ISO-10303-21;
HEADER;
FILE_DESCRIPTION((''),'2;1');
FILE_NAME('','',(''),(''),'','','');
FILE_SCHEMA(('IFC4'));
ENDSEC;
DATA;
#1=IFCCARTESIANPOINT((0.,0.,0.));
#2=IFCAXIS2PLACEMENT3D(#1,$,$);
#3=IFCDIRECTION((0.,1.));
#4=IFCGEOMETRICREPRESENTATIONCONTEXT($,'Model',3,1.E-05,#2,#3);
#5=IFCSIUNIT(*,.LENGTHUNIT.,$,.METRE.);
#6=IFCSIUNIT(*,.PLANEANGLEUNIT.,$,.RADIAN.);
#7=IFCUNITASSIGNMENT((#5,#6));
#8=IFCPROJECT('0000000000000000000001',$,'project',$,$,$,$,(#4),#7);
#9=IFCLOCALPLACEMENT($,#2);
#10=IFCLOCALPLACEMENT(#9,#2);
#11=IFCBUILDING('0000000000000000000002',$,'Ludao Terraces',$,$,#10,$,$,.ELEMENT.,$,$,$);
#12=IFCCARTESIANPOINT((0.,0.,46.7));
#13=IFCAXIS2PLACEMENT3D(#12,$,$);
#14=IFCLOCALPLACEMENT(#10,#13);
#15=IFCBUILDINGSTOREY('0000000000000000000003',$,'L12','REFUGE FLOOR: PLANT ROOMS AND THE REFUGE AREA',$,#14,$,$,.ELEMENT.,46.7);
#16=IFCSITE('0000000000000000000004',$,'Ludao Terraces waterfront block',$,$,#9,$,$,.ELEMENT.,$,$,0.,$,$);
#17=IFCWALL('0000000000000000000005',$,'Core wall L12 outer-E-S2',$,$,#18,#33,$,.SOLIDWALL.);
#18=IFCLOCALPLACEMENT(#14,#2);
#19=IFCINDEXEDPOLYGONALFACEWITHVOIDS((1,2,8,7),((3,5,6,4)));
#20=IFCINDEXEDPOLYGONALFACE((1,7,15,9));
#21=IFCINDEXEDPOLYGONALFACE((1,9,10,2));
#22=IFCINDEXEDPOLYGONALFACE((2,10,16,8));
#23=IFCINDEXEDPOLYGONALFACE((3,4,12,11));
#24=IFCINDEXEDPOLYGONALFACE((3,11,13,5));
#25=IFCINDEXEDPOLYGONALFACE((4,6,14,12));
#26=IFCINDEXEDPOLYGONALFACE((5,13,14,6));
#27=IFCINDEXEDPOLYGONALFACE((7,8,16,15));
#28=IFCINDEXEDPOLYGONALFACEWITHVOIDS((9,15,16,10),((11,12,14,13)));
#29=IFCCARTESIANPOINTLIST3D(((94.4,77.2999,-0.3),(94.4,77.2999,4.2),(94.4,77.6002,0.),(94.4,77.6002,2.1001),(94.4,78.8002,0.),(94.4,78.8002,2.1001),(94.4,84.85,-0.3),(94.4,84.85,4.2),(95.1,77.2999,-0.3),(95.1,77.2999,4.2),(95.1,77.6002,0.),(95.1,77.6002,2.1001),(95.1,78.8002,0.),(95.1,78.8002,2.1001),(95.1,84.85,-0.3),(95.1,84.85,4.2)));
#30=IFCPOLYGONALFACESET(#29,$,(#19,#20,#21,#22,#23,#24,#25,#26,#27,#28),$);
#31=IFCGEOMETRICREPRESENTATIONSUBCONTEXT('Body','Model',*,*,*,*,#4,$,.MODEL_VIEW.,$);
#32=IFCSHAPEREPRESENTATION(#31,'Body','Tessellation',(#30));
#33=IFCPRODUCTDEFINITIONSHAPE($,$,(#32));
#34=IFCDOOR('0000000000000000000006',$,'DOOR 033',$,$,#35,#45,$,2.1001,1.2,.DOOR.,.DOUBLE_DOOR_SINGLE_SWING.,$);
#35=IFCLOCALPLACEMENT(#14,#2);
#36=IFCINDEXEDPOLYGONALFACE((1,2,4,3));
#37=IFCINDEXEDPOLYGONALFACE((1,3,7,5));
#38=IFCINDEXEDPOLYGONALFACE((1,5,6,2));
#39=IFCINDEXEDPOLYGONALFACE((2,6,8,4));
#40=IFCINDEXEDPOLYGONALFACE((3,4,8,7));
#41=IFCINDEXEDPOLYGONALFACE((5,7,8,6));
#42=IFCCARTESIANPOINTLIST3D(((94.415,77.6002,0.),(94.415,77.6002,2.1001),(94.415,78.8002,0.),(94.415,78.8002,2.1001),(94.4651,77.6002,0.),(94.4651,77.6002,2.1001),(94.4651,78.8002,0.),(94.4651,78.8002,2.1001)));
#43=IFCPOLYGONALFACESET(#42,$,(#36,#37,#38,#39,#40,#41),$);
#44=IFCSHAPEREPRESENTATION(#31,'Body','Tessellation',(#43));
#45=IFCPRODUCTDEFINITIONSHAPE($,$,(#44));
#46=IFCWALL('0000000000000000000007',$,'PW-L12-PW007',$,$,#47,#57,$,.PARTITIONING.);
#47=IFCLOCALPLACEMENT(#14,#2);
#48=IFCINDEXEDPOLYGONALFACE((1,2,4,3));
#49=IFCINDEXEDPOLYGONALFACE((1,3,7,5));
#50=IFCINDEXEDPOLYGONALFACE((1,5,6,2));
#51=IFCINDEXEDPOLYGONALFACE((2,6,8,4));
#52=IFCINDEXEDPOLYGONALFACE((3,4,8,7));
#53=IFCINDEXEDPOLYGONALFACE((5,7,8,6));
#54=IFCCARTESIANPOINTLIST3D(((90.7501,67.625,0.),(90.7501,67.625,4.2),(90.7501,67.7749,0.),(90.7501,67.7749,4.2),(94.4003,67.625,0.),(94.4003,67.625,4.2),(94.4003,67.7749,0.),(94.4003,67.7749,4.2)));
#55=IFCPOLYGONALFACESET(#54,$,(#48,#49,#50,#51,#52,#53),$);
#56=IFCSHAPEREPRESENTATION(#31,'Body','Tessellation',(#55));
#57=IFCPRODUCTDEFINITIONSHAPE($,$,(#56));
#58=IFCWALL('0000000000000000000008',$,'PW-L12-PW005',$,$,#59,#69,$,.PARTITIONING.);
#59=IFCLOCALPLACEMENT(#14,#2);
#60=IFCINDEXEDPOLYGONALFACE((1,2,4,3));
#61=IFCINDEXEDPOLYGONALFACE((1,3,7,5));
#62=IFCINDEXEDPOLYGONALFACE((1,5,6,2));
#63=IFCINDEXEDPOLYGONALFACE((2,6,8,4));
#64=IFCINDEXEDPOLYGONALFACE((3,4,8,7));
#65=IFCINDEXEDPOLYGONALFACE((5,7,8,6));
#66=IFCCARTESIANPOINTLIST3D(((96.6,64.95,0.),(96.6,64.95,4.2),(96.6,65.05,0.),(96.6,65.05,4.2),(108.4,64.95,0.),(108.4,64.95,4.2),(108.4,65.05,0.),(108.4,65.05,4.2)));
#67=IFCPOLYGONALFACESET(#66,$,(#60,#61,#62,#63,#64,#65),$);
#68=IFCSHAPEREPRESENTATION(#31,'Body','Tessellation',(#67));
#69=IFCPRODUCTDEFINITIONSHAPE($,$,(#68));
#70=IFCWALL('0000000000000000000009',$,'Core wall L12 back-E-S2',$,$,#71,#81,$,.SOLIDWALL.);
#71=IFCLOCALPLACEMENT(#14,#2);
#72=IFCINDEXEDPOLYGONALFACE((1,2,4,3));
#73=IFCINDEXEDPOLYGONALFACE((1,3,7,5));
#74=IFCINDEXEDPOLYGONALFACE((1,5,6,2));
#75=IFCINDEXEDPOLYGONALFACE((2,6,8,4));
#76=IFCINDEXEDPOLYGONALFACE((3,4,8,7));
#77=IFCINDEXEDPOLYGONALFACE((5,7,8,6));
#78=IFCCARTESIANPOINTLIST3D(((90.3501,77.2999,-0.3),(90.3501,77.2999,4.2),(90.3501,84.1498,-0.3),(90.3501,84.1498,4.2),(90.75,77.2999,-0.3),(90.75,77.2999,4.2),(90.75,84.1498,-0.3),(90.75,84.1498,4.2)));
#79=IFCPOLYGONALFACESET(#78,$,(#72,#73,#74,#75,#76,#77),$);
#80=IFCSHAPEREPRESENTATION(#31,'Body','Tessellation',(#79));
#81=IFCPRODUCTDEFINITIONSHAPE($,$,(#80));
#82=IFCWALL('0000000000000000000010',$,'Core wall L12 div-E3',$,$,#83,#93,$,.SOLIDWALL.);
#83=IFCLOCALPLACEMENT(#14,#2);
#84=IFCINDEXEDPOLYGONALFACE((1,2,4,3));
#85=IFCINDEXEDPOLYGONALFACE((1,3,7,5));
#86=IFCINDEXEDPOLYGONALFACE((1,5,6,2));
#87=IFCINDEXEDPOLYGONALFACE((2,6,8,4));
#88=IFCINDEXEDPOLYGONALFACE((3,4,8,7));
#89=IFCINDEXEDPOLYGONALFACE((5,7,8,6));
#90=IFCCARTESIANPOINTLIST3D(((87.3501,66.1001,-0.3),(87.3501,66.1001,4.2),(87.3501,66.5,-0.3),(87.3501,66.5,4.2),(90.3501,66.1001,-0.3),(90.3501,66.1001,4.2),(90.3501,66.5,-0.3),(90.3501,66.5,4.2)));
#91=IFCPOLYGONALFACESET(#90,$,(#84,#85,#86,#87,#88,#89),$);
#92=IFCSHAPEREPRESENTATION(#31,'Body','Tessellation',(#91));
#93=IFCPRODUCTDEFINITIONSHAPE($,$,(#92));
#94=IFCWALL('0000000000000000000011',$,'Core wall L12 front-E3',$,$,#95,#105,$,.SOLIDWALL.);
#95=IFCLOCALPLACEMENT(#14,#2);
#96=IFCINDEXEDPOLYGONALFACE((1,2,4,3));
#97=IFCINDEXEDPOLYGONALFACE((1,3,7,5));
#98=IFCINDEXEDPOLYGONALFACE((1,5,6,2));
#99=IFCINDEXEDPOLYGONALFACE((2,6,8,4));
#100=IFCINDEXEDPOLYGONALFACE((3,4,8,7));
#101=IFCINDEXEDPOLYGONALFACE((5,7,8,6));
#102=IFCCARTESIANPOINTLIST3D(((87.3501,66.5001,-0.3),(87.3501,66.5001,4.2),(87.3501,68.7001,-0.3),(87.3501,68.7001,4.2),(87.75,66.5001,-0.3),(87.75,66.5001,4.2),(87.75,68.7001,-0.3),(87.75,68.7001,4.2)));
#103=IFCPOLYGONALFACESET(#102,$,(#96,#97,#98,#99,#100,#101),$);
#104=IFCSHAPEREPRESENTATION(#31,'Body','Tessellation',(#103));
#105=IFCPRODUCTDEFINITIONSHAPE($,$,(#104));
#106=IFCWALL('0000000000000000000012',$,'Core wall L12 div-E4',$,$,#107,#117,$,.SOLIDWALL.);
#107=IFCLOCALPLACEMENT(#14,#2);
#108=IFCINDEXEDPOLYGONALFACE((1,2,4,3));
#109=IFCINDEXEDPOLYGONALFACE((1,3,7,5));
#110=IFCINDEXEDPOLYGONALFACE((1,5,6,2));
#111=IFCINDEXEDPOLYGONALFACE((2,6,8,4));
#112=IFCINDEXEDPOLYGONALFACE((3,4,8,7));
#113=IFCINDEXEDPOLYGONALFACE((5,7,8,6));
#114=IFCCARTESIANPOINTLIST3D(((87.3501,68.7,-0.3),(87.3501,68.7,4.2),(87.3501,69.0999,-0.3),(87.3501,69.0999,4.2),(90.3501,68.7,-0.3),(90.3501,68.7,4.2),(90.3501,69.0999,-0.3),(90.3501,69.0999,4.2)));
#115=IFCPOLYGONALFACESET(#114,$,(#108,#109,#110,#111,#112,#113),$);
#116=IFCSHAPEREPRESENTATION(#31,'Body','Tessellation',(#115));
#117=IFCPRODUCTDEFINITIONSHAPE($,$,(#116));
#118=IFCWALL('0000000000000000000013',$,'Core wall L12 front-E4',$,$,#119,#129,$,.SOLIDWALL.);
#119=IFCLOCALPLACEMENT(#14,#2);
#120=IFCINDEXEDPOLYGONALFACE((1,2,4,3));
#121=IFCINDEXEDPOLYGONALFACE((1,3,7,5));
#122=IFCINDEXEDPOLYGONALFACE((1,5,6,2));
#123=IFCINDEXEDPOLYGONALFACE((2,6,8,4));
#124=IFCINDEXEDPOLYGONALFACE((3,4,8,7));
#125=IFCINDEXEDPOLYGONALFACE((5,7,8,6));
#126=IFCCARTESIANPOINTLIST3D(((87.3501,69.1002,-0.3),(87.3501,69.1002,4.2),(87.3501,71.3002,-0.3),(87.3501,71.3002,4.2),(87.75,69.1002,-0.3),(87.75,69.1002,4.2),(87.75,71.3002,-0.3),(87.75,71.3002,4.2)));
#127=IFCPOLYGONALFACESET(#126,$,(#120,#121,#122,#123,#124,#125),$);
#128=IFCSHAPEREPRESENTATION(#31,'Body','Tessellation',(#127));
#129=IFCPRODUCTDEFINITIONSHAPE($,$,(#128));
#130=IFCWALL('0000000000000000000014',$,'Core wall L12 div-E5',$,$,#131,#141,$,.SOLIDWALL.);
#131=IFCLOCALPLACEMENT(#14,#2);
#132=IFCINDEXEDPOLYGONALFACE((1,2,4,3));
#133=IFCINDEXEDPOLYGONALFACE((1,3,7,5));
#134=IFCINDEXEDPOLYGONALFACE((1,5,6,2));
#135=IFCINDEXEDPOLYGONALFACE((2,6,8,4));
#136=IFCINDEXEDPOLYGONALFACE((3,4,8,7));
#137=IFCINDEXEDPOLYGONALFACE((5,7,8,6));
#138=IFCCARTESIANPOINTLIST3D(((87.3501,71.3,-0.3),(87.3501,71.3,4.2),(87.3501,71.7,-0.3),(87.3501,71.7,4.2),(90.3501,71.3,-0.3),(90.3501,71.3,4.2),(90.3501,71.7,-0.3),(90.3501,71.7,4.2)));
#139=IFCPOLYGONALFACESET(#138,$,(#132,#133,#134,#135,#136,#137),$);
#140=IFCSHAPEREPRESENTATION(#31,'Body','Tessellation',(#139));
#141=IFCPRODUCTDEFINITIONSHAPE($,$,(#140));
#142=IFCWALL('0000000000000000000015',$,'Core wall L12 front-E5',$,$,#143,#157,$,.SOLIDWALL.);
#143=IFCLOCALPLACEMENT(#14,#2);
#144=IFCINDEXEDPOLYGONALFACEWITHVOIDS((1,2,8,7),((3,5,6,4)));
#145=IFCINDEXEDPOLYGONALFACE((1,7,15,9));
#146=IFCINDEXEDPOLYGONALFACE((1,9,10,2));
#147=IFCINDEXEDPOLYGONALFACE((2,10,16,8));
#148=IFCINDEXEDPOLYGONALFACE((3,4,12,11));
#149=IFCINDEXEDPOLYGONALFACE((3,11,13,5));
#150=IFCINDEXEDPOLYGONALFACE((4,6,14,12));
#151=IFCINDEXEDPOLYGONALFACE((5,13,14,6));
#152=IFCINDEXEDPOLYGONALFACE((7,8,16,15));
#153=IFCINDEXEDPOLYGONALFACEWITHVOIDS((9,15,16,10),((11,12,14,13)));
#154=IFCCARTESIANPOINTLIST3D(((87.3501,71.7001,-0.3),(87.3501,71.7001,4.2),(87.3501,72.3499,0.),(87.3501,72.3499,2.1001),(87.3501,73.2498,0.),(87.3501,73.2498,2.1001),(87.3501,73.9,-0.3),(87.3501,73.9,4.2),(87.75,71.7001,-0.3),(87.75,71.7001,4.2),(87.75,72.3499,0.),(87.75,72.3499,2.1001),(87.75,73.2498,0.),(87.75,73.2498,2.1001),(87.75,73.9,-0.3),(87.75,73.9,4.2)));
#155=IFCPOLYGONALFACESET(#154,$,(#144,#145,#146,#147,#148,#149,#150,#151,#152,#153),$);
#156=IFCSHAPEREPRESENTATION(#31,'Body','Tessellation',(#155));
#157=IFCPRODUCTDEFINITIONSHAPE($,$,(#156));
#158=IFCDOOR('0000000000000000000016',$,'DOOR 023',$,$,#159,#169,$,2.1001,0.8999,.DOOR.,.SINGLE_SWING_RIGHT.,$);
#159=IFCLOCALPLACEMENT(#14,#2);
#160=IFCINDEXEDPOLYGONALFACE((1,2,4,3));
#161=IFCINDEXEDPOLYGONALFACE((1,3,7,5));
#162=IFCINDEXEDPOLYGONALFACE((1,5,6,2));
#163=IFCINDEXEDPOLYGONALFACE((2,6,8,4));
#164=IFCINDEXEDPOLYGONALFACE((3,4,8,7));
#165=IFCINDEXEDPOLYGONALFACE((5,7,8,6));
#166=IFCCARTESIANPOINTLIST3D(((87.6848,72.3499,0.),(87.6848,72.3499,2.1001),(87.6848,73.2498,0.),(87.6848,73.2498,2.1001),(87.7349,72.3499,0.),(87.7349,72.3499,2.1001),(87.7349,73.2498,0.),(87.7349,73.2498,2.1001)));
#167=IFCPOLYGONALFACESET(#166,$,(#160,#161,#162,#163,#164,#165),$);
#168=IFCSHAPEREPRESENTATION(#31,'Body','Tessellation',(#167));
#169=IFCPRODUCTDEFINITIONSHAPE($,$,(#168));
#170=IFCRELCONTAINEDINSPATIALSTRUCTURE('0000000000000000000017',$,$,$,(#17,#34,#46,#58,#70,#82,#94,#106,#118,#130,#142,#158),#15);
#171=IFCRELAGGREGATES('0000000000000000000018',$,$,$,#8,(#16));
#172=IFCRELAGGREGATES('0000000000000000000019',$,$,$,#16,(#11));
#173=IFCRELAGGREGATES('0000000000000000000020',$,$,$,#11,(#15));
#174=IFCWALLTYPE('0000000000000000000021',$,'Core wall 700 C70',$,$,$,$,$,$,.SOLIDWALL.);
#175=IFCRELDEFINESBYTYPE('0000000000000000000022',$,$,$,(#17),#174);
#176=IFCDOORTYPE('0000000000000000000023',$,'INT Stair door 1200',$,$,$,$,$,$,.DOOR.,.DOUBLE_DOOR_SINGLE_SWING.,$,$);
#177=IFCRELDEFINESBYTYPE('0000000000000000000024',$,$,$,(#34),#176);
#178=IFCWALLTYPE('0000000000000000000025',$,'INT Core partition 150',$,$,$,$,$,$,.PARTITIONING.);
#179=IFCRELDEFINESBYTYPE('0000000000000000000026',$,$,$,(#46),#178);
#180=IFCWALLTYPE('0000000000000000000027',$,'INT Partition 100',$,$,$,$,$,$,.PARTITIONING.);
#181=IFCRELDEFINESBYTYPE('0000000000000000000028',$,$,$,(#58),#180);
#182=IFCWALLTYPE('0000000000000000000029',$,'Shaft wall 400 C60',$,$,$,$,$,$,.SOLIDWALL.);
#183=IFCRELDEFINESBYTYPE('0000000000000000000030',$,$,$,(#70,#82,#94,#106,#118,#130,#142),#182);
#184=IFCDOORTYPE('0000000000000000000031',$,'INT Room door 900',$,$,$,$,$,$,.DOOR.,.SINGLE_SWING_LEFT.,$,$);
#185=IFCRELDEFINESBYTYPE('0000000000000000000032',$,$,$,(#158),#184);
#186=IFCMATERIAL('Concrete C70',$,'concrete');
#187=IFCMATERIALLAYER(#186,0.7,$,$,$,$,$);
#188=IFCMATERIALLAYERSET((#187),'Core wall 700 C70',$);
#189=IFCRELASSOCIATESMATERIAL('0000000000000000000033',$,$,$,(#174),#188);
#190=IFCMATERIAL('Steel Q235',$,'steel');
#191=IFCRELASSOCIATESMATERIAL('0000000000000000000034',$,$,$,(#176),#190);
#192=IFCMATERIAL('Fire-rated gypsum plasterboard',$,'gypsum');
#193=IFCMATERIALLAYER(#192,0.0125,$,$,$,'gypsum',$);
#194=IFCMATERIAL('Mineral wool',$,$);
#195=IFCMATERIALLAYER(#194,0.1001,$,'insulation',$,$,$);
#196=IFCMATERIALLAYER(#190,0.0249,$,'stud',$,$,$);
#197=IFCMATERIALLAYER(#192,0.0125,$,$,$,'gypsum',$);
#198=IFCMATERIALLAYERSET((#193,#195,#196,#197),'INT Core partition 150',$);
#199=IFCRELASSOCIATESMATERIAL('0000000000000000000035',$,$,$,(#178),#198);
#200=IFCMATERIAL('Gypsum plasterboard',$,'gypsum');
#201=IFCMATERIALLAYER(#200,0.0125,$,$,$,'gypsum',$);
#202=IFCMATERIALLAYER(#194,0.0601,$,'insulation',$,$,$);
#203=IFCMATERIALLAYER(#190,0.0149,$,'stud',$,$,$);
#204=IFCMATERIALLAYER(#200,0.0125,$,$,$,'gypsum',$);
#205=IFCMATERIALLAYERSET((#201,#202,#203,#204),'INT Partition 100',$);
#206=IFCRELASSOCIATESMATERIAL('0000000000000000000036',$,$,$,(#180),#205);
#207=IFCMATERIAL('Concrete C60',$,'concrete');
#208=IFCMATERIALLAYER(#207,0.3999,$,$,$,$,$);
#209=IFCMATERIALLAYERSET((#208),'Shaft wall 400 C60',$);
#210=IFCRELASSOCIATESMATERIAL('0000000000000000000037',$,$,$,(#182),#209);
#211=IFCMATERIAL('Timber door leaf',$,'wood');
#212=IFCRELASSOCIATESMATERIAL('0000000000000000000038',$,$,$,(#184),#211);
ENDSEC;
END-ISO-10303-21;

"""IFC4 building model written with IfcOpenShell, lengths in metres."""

from ifc_helpers import new_model, si_unit, direction, frame, frame_2d, origin, place, context, subcontext, project, spatial, rectangle, extrude, material, layer, layer_set, type_object, element, fill, save


model = new_model("IFC4")

# Units and contexts
model_context = context("Model", 3, precision=1e-05, world=origin(), true_north=direction((0.0, 1.0)))
body_context = subcontext(model_context, "Body", "Model", "MODEL_VIEW")
ifc_project = project(units=[si_unit("LENGTHUNIT", "METRE"), si_unit("PLANEANGLEUNIT", "RADIAN")], contexts=[model_context])

# Site, building, storey
site_placement = place(None, origin())
site = spatial("IfcSite", under=ifc_project, at=site_placement, Name="Ludao Terraces waterfront block", CompositionType="ELEMENT", RefElevation=0.0)
building_placement = place(site_placement, origin())
building = spatial("IfcBuilding", under=site, at=building_placement, Name="Ludao Terraces", CompositionType="ELEMENT")
storey_placement = place(building_placement, frame((0.0, 0.0, 46.7)))
storey = spatial("IfcBuildingStorey", under=building, at=storey_placement, Name="L12", Description="REFUGE FLOOR: PLANT ROOMS AND THE REFUGE AREA", CompositionType="ELEMENT", Elevation=46.7)

# Wall, opening, door
ifc_material_1 = material(Name="Concrete C70", Category="concrete")
ifc_layer_1 = layer(ifc_material_1, 0.7)
ifc_layer_set_1 = layer_set([ifc_layer_1], Name="Core wall 700 C70")
wall_type_1 = type_object("IfcWallType", Name="Core wall 700 C70", PredefinedType="SOLIDWALL", material=ifc_layer_set_1)
wall_1_placement = place(storey_placement, frame((94.75, 77.3, -0.3), z_axis=(0.0, 0.0, 1.0), x_axis=(0.0, 1.0, 0.0)))
wall_1 = element("IfcWall", 1, at=wall_1_placement, inside=storey, type_object=wall_type_1, Name="Core wall L12 outer-E-S2", PredefinedType="SOLIDWALL", context=body_context, shape_type="SweptSolid", body=[
    extrude(rectangle(XDim=7.55, YDim=0.7, at=frame_2d((3.7749, 0.0))), origin(), (0.0, 0.0, 1.0), 4.5),
])
opening_1_placement = place(wall_1_placement, frame((0.3, 0.0, 0.3)))
opening_1 = element("IfcOpeningElement", 2, at=opening_1_placement, cuts=wall_1, PredefinedType="OPENING", context=body_context, shape_type="SweptSolid", body=[
    extrude(rectangle(XDim=1.2, YDim=2.1001, at=frame_2d((0.6001, 1.05))), frame((0.0, 0.3599, 0.0), z_axis=(0.0, -1.0, 0.0), x_axis=(1.0, 0.0, 0.0)), (0.0, 0.0, 1.0), 0.72),
])
ifc_material_2 = material(Name="Steel Q235", Category="steel")
door_type_1 = type_object("IfcDoorType", Name="INT Stair door 1200", OperationType="DOUBLE_DOOR_SINGLE_SWING", PredefinedType="DOOR", material=ifc_material_2)
door_1_placement = place(opening_1_placement, origin())
door_1 = element("IfcDoor", 3, at=door_1_placement, inside=storey, type_object=door_type_1, Name="DOOR 033", OperationType="DOUBLE_DOOR_SINGLE_SWING", OverallHeight=2.1001, OverallWidth=1.2, PredefinedType="DOOR", context=body_context, shape_type="SweptSolid", body=[
    extrude(rectangle(XDim=1.2, YDim=2.1001, at=frame_2d((0.6001, 1.05))), frame((0.0, 0.335, 0.0), z_axis=(0.0, -1.0, 0.0), x_axis=(1.0, 0.0, 0.0)), (0.0, 0.0, 1.0), 0.05),
])
fill(opening_1, door_1)

# Walls
ifc_material_3 = material(Name="Fire-rated gypsum plasterboard", Category="gypsum")
ifc_layer_2 = layer(ifc_material_3, 0.0125, Category="gypsum")
ifc_material_4 = material(Name="Mineral wool")
ifc_layer_3 = layer(ifc_material_4, 0.1001, Name="insulation")
ifc_layer_4 = layer(ifc_material_2, 0.0249, Name="stud")
ifc_layer_5 = layer(ifc_material_3, 0.0125, Category="gypsum")
ifc_layer_set_2 = layer_set([ifc_layer_2, ifc_layer_3, ifc_layer_4, ifc_layer_5], Name="INT Core partition 150")
wall_type_2 = type_object("IfcWallType", Name="INT Core partition 150", PredefinedType="PARTITIONING", material=ifc_layer_set_2)
wall_2_placement = place(storey_placement, frame((90.75, 67.7, 0.0), z_axis=(0.0, 0.0, 1.0), x_axis=(1.0, 0.0, 0.0)))
element("IfcWall", 4, at=wall_2_placement, inside=storey, type_object=wall_type_2, Name="PW-L12-PW007", PredefinedType="PARTITIONING", context=body_context, shape_type="SweptSolid", body=[
    extrude(rectangle(XDim=3.6501, YDim=0.1499, at=frame_2d((1.8252, 0.0))), origin(), (0.0, 0.0, 1.0), 4.2),
])
ifc_material_5 = material(Name="Gypsum plasterboard", Category="gypsum")
ifc_layer_6 = layer(ifc_material_5, 0.0125, Category="gypsum")
ifc_layer_7 = layer(ifc_material_4, 0.0601, Name="insulation")
ifc_layer_8 = layer(ifc_material_2, 0.0149, Name="stud")
ifc_layer_9 = layer(ifc_material_5, 0.0125, Category="gypsum")
ifc_layer_set_3 = layer_set([ifc_layer_6, ifc_layer_7, ifc_layer_8, ifc_layer_9], Name="INT Partition 100")
wall_type_3 = type_object("IfcWallType", Name="INT Partition 100", PredefinedType="PARTITIONING", material=ifc_layer_set_3)
wall_3_placement = place(storey_placement, frame((96.6001, 65.0, 0.0), z_axis=(0.0, 0.0, 1.0), x_axis=(1.0, 0.0, 0.0)))
element("IfcWall", 5, at=wall_3_placement, inside=storey, type_object=wall_type_3, Name="PW-L12-PW005", PredefinedType="PARTITIONING", context=body_context, shape_type="SweptSolid", body=[
    extrude(rectangle(XDim=11.8, YDim=0.1001, at=frame_2d((5.8999, 0.0))), origin(), (0.0, 0.0, 1.0), 4.2),
])
ifc_material_6 = material(Name="Concrete C60", Category="concrete")
ifc_layer_10 = layer(ifc_material_6, 0.3999)
ifc_layer_set_4 = layer_set([ifc_layer_10], Name="Shaft wall 400 C60")
wall_type_4 = type_object("IfcWallType", Name="Shaft wall 400 C60", PredefinedType="SOLIDWALL", material=ifc_layer_set_4)
wall_4_placement = place(storey_placement, frame((90.55, 77.3, -0.3), z_axis=(0.0, 0.0, 1.0), x_axis=(0.0, 1.0, 0.0)))
element("IfcWall", 6, at=wall_4_placement, inside=storey, type_object=wall_type_4, Name="Core wall L12 back-E-S2", PredefinedType="SOLIDWALL", context=body_context, shape_type="SweptSolid", body=[
    extrude(rectangle(XDim=6.8499, YDim=0.3999, at=frame_2d((3.4248, 0.0))), origin(), (0.0, 0.0, 1.0), 4.5),
])
wall_5_placement = place(storey_placement, frame((87.3501, 66.3, -0.3), z_axis=(0.0, 0.0, 1.0), x_axis=(1.0, 0.0, 0.0)))
element("IfcWall", 7, at=wall_5_placement, inside=storey, type_object=wall_type_4, Name="Core wall L12 div-E3", PredefinedType="SOLIDWALL", context=body_context, shape_type="SweptSolid", body=[
    extrude(rectangle(XDim=3.0, YDim=0.3999, at=frame_2d((1.5, 0.0))), origin(), (0.0, 0.0, 1.0), 4.5),
])
wall_6_placement = place(storey_placement, frame((87.55, 66.5, -0.3), z_axis=(0.0, 0.0, 1.0), x_axis=(0.0, 1.0, 0.0)))
element("IfcWall", 8, at=wall_6_placement, inside=storey, type_object=wall_type_4, Name="Core wall L12 front-E3", PredefinedType="SOLIDWALL", context=body_context, shape_type="SweptSolid", body=[
    extrude(rectangle(XDim=2.2, YDim=0.3999, at=frame_2d((1.1001, 0.0))), origin(), (0.0, 0.0, 1.0), 4.5),
])
wall_7_placement = place(storey_placement, frame((87.3501, 68.8999, -0.3), z_axis=(0.0, 0.0, 1.0), x_axis=(1.0, 0.0, 0.0)))
element("IfcWall", 9, at=wall_7_placement, inside=storey, type_object=wall_type_4, Name="Core wall L12 div-E4", PredefinedType="SOLIDWALL", context=body_context, shape_type="SweptSolid", body=[
    extrude(rectangle(XDim=3.0, YDim=0.3999, at=frame_2d((1.5, 0.0))), origin(), (0.0, 0.0, 1.0), 4.5),
])
wall_8_placement = place(storey_placement, frame((87.55, 69.1001, -0.3), z_axis=(0.0, 0.0, 1.0), x_axis=(0.0, 1.0, 0.0)))
element("IfcWall", 10, at=wall_8_placement, inside=storey, type_object=wall_type_4, Name="Core wall L12 front-E4", PredefinedType="SOLIDWALL", context=body_context, shape_type="SweptSolid", body=[
    extrude(rectangle(XDim=2.2, YDim=0.3999, at=frame_2d((1.1001, 0.0))), origin(), (0.0, 0.0, 1.0), 4.5),
])
wall_9_placement = place(storey_placement, frame((87.3501, 71.5, -0.3), z_axis=(0.0, 0.0, 1.0), x_axis=(1.0, 0.0, 0.0)))
element("IfcWall", 11, at=wall_9_placement, inside=storey, type_object=wall_type_4, Name="Core wall L12 div-E5", PredefinedType="SOLIDWALL", context=body_context, shape_type="SweptSolid", body=[
    extrude(rectangle(XDim=3.0, YDim=0.3999, at=frame_2d((1.5, 0.0))), origin(), (0.0, 0.0, 1.0), 4.5),
])

# Wall, opening, door
wall_10_placement = place(storey_placement, frame((87.55, 71.7, -0.3), z_axis=(0.0, 0.0, 1.0), x_axis=(0.0, 1.0, 0.0)))
wall_10 = element("IfcWall", 12, at=wall_10_placement, inside=storey, type_object=wall_type_4, Name="Core wall L12 front-E5", PredefinedType="SOLIDWALL", context=body_context, shape_type="SweptSolid", body=[
    extrude(rectangle(XDim=2.2, YDim=0.3999, at=frame_2d((1.1001, 0.0))), origin(), (0.0, 0.0, 1.0), 4.5),
])
opening_2_placement = place(wall_10_placement, frame((0.6499, 0.0, 0.3)))
opening_2 = element("IfcOpeningElement", 13, at=opening_2_placement, cuts=wall_10, PredefinedType="OPENING", context=body_context, shape_type="SweptSolid", body=[
    extrude(rectangle(XDim=0.8999, YDim=2.1001, at=frame_2d((0.45, 1.05))), frame((0.0, 0.21, 0.0), z_axis=(0.0, -1.0, 0.0), x_axis=(1.0, 0.0, 0.0)), (0.0, 0.0, 1.0), 0.4199),
])
ifc_material_7 = material(Name="Timber door leaf", Category="wood")
door_type_2 = type_object("IfcDoorType", Name="INT Room door 900", OperationType="SINGLE_SWING_LEFT", PredefinedType="DOOR", material=ifc_material_7)
door_2_placement = place(opening_2_placement, origin())
door_2 = element("IfcDoor", 14, at=door_2_placement, inside=storey, type_object=door_type_2, Name="DOOR 023", OperationType="SINGLE_SWING_RIGHT", OverallHeight=2.1001, OverallWidth=0.8999, PredefinedType="DOOR", context=body_context, shape_type="SweptSolid", body=[
    extrude(rectangle(XDim=0.8999, YDim=2.1001, at=frame_2d((0.45, 1.05))), frame((0.0, -0.1348, 0.0), z_axis=(0.0, -1.0, 0.0), x_axis=(1.0, 0.0, 0.0)), (0.0, 0.0, 1.0), 0.05),
])
fill(opening_2, door_2)

save(model, "model.ifc")
